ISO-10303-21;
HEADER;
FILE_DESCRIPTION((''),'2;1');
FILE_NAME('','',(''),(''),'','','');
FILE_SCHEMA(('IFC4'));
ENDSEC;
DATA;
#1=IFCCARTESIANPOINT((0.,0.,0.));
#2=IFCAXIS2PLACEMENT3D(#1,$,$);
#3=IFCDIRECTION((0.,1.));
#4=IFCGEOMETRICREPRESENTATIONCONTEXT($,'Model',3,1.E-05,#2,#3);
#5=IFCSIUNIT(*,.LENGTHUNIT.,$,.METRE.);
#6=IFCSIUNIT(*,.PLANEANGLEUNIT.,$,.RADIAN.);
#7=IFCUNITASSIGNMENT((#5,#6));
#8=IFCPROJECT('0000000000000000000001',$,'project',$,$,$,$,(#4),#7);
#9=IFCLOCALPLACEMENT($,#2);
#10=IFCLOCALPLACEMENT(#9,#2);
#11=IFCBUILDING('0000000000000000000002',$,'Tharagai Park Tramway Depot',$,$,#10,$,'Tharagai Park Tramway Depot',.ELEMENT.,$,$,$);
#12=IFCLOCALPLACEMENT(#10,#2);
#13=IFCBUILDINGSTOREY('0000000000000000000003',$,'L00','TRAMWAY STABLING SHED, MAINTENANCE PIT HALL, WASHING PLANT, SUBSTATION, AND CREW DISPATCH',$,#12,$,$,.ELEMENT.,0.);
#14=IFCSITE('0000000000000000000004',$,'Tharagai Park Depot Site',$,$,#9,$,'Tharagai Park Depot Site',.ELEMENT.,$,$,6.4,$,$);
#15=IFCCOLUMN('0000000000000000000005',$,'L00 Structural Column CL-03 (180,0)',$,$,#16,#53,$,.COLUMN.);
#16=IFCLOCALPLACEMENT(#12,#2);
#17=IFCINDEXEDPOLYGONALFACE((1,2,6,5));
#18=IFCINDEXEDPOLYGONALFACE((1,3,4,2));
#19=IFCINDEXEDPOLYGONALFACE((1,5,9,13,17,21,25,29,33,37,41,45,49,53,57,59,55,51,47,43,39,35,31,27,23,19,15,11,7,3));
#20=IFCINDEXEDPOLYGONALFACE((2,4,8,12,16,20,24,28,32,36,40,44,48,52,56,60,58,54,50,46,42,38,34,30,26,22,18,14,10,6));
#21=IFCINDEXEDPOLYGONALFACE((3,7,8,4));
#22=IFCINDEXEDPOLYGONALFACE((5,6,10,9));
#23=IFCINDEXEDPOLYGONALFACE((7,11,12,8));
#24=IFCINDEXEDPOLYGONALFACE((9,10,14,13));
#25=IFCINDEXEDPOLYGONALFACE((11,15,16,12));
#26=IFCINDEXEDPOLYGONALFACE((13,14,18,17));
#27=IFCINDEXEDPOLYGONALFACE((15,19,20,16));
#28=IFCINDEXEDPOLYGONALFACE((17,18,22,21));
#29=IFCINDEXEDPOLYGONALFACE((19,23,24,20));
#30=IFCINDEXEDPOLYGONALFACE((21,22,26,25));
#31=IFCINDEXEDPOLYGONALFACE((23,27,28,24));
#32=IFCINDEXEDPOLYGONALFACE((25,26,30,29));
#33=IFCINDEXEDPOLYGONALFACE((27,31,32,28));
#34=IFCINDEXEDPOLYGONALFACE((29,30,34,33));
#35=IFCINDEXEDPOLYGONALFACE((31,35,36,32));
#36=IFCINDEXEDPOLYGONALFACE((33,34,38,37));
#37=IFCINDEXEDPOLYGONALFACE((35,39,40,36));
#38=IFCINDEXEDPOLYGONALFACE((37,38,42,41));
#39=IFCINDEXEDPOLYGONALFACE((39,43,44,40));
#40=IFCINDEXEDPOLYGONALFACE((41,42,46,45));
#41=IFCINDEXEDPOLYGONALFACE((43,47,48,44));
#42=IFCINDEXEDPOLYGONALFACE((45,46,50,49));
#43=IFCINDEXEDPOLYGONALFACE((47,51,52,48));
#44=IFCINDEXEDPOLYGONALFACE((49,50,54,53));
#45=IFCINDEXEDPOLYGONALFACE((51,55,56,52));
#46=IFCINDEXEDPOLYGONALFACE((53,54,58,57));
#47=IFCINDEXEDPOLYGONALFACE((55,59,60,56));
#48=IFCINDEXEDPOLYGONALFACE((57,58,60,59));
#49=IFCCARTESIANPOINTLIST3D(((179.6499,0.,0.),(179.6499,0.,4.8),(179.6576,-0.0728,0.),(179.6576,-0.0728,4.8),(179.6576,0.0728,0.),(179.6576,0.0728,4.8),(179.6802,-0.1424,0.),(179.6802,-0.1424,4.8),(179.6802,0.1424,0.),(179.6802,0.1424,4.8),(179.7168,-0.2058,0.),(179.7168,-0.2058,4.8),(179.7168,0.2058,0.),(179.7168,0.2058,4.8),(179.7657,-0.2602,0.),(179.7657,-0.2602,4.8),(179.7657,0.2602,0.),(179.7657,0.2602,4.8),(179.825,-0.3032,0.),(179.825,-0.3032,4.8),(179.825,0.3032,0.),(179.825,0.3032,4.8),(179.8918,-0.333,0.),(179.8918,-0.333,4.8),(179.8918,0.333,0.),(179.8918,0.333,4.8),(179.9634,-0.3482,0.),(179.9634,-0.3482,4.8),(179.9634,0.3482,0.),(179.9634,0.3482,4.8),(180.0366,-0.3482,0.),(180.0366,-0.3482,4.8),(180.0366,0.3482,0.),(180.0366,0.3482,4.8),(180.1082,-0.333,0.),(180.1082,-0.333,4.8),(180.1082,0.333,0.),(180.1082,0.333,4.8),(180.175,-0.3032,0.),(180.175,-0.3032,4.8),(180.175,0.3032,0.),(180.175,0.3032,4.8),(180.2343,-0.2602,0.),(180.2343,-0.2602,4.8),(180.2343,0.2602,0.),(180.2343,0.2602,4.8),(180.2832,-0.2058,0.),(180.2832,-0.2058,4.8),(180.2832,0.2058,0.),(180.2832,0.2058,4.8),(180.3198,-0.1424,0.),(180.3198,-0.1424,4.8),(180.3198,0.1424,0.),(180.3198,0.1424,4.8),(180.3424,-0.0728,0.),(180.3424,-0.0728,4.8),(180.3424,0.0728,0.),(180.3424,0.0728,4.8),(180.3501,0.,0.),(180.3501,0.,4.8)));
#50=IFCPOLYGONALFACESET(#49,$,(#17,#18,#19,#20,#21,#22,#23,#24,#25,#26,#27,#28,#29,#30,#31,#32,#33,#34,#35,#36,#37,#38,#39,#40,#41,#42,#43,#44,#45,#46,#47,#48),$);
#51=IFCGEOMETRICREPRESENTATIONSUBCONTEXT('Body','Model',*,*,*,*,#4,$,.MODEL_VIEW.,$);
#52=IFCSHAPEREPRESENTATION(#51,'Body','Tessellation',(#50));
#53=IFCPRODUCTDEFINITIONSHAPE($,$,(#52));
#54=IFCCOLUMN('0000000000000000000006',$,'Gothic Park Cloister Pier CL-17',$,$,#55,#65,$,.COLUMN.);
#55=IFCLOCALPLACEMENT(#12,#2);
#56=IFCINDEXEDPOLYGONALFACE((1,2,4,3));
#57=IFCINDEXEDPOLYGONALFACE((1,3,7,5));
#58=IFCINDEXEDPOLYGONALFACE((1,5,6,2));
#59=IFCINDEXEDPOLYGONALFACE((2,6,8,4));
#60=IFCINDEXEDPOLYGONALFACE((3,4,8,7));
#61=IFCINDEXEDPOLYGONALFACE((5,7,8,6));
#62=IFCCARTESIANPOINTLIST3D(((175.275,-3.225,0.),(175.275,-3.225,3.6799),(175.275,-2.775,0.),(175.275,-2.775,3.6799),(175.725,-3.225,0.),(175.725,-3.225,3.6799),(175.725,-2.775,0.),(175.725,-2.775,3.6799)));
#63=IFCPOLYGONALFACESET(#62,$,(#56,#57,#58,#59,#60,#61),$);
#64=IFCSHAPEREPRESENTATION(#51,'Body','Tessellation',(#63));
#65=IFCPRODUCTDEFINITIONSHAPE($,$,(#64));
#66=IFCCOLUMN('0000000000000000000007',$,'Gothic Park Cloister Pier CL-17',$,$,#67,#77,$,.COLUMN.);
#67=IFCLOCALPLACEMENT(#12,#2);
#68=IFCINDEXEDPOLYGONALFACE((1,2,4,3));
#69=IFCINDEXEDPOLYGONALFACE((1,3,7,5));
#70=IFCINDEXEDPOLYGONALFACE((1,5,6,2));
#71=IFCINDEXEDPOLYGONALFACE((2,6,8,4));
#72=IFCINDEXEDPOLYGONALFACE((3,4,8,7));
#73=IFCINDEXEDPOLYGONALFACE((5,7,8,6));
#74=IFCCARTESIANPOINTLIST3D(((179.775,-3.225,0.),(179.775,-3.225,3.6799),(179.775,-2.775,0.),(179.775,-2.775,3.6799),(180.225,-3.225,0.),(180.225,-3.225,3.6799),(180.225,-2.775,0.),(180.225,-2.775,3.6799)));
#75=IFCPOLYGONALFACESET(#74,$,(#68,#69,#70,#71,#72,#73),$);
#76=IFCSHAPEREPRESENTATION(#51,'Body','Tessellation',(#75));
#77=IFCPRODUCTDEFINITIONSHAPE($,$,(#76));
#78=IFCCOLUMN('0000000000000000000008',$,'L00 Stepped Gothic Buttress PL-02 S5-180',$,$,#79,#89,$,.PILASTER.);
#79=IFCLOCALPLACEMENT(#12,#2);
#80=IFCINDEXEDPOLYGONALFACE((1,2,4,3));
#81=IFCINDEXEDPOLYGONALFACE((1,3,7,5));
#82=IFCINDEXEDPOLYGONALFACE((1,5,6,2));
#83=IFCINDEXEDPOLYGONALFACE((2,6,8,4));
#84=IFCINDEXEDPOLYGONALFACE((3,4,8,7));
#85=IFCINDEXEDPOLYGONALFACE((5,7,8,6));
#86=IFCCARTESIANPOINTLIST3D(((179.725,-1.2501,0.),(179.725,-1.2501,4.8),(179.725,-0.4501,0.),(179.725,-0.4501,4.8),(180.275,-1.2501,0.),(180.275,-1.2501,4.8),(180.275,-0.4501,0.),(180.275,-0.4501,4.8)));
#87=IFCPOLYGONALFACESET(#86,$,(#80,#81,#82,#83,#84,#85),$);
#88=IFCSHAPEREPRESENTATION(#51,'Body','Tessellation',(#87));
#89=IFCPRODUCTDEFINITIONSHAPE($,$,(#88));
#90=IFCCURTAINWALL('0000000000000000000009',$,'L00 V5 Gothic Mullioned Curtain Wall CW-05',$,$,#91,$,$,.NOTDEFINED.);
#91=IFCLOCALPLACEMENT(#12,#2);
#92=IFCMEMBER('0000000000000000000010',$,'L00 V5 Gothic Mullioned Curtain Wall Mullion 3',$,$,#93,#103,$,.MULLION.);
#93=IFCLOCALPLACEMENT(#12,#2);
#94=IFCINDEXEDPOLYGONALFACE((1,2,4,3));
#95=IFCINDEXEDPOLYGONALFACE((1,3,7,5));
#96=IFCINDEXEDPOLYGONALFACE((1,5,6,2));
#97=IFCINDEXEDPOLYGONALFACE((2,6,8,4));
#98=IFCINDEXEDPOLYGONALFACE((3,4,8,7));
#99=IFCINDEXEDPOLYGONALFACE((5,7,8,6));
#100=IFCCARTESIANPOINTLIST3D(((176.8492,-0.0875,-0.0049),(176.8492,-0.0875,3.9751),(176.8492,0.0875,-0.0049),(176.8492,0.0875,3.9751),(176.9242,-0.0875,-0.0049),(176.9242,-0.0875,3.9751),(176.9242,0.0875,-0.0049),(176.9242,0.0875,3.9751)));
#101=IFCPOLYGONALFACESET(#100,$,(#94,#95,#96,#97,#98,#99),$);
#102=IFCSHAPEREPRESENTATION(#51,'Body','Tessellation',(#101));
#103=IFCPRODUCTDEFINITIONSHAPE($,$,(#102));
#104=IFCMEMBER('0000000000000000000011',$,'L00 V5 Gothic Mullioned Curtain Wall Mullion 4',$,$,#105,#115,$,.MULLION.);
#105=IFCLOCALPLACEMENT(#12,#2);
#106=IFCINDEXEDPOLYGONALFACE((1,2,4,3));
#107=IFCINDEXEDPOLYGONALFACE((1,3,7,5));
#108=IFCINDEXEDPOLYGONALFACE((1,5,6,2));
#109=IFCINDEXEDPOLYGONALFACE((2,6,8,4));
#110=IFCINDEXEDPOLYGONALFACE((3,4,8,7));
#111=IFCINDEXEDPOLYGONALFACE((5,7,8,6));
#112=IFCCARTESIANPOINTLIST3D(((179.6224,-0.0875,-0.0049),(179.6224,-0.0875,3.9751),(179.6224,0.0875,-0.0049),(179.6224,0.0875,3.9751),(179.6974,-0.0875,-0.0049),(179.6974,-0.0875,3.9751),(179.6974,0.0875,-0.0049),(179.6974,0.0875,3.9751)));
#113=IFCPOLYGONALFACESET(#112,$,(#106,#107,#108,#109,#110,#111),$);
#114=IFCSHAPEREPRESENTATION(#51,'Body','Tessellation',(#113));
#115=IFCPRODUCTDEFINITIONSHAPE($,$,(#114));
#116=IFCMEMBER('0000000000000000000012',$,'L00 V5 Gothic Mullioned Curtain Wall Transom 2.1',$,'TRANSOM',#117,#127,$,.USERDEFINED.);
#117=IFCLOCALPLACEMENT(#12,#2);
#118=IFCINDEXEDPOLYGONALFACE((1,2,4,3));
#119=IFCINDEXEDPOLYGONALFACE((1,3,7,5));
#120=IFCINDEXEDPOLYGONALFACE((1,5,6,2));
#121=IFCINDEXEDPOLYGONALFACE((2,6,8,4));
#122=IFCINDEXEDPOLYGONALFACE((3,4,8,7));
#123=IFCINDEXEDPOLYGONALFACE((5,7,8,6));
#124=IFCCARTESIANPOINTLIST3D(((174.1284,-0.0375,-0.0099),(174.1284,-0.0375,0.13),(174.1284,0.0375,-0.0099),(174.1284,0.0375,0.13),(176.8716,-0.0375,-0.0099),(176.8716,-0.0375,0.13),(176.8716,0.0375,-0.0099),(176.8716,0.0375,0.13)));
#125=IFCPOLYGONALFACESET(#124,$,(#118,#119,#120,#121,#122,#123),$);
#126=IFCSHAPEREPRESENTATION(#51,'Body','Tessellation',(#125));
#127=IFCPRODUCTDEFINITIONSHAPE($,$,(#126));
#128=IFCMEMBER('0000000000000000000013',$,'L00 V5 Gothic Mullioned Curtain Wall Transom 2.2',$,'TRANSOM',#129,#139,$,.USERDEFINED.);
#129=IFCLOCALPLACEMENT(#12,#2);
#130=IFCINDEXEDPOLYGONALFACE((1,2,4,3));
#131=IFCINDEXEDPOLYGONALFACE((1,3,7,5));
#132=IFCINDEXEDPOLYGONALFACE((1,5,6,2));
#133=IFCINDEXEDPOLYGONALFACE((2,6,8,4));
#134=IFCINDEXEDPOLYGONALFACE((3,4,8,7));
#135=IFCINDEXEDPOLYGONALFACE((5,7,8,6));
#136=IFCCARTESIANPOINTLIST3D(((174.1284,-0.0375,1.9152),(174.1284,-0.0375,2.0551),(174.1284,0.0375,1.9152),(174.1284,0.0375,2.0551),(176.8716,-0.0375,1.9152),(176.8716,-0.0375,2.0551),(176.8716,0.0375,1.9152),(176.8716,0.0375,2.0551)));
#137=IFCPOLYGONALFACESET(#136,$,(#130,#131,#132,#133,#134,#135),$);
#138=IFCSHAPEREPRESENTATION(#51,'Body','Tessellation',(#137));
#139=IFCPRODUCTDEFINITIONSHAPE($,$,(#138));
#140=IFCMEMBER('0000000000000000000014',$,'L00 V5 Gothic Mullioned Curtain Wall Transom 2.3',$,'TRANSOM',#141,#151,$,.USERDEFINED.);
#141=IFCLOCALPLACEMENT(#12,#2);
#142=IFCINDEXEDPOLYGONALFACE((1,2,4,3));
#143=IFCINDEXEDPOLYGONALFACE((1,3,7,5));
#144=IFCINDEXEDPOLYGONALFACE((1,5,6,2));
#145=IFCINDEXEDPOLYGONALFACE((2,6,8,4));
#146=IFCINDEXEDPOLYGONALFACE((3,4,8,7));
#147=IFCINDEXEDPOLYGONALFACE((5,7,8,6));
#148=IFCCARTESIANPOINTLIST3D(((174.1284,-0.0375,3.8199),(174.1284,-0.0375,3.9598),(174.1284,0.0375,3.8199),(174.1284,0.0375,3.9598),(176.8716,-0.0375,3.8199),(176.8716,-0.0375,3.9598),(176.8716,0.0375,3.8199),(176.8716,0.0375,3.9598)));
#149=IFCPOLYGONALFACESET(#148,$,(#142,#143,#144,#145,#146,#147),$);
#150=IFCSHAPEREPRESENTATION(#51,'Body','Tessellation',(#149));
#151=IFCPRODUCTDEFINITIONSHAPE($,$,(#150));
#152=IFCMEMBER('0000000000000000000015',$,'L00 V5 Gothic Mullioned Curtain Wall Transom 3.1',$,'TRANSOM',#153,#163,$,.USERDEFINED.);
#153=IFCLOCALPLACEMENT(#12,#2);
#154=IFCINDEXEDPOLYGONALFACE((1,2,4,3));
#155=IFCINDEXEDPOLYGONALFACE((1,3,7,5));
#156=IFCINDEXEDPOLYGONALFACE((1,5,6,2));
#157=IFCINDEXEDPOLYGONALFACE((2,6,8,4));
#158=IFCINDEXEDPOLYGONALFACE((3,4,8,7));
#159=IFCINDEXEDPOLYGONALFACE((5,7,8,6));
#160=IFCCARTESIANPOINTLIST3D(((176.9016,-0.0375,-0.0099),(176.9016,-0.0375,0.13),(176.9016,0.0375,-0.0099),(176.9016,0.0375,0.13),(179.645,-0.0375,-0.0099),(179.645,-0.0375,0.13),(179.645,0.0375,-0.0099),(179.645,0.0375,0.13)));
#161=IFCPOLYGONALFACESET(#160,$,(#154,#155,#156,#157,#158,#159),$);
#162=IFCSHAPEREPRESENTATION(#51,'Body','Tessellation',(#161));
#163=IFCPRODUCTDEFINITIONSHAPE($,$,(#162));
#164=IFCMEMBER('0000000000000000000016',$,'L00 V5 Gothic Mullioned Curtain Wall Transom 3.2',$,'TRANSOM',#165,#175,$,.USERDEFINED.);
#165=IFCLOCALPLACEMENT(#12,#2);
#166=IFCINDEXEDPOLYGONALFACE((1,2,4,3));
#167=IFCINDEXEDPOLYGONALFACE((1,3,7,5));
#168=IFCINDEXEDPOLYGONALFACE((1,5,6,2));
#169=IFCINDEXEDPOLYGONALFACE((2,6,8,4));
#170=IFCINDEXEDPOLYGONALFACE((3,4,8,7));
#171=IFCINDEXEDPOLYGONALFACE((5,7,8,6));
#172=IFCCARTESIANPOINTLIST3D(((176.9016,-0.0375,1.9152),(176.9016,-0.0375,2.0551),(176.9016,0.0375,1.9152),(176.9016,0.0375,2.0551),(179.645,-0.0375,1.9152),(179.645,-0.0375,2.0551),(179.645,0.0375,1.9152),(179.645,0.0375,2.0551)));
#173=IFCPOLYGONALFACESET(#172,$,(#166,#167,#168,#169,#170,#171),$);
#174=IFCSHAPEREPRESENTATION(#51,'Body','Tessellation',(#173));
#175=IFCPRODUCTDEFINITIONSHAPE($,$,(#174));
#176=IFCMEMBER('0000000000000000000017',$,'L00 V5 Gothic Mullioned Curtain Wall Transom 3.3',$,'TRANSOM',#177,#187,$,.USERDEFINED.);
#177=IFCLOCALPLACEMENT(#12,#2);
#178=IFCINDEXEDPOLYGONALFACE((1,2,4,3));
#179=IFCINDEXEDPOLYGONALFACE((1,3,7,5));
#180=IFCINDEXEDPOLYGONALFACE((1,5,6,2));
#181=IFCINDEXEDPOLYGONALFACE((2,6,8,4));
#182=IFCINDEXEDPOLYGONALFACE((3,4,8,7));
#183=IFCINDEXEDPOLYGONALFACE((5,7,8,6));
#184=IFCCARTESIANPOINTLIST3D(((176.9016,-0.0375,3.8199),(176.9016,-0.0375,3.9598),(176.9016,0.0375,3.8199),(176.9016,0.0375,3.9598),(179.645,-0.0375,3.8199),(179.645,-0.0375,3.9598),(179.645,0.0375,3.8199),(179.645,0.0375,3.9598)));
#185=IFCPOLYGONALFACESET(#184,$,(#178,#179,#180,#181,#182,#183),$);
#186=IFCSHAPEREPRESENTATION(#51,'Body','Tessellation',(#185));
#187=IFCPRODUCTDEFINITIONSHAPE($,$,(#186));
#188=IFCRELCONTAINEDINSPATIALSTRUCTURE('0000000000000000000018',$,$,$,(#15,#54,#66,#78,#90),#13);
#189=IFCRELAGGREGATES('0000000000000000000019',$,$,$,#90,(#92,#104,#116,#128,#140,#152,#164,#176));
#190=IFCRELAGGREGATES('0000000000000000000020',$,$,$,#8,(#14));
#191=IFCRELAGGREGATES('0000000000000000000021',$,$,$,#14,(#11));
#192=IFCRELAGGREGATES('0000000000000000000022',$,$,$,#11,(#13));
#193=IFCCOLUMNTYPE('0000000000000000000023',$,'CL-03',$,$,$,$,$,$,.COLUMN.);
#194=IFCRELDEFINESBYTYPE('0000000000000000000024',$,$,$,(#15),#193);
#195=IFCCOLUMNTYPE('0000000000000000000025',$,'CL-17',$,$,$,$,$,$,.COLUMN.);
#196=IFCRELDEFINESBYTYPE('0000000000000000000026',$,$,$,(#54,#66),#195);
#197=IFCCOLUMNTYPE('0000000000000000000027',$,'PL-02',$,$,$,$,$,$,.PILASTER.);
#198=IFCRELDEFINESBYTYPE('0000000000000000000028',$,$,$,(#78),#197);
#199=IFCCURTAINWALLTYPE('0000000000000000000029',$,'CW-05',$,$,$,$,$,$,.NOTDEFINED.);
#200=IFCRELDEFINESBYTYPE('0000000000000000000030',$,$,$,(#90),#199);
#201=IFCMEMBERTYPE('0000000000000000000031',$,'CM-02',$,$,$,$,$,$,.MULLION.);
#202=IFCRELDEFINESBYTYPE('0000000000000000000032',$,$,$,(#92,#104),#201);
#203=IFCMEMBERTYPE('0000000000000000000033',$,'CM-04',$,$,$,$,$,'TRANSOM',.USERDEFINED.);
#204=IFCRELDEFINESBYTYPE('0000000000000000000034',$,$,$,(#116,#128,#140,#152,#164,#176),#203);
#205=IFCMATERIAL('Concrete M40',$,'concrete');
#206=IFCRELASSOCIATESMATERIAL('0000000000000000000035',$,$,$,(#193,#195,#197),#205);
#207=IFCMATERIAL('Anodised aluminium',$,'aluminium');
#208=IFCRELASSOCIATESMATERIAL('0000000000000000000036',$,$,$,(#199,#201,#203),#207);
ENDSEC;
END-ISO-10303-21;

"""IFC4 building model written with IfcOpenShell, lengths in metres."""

from ifc_helpers import new_model, si_unit, direction, frame, origin, origin_2d, place, context, subcontext, project, spatial, rectangle, circle, extrude, material, material_profile, profile_set, type_object, element, aggregate, save


model = new_model("IFC4")

# Units and contexts
model_context = context("Model", 3, precision=1e-05, world=origin(), true_north=direction((0.0, 1.0)))
body_context = subcontext(model_context, "Body", "Model", "MODEL_VIEW")
ifc_project = project(units=[si_unit("LENGTHUNIT", "METRE"), si_unit("PLANEANGLEUNIT", "RADIAN")], contexts=[model_context])

# Site, building, storey
site_placement = place(None, origin())
site = spatial("IfcSite", under=ifc_project, at=site_placement, Name="Tharagai Park Depot Site", LongName="Tharagai Park Depot Site", CompositionType="ELEMENT", RefElevation=6.4)
building_placement = place(site_placement, origin())
building = spatial("IfcBuilding", under=site, at=building_placement, Name="Tharagai Park Tramway Depot", LongName="Tharagai Park Tramway Depot", CompositionType="ELEMENT")
storey_placement = place(building_placement, origin())
storey = spatial("IfcBuildingStorey", under=building, at=storey_placement, Name="L00", Description="TRAMWAY STABLING SHED, MAINTENANCE PIT HALL, WASHING PLANT, SUBSTATION, AND CREW DISPATCH", CompositionType="ELEMENT", Elevation=0.0)

# Shared definitions
ifc_material_1 = material(Name="Concrete M40", Category="concrete")

# Columns
ifc_material_profile_1 = material_profile(ifc_material_1, circle(Radius=0.3501, at=origin_2d()), Name="RC D700")
ifc_profile_set_1 = profile_set([ifc_material_profile_1], Name="Concrete M40")
column_type_1 = type_object("IfcColumnType", Name="CL-03", PredefinedType="COLUMN", material=ifc_profile_set_1)
column_1_placement = place(storey_placement, frame((180.0, 0.0, 0.0), z_axis=(0.0, 0.0, 1.0), x_axis=(1.0, 0.0, 0.0)))
element("IfcColumn", 1, at=column_1_placement, inside=storey, type_object=column_type_1, Name="L00 Structural Column CL-03 (180,0)", PredefinedType="COLUMN", context=body_context, shape_type="SweptSolid", body=[
    extrude(circle(Radius=0.3501, at=origin_2d()), origin(), (0.0, 0.0, 1.0), 4.8),
])
ifc_material_profile_2 = material_profile(ifc_material_1, rectangle(XDim=0.45, YDim=0.45, at=origin_2d()), Name="RC 450x450")
ifc_profile_set_2 = profile_set([ifc_material_profile_2], Name="Concrete M40")
column_type_2 = type_object("IfcColumnType", Name="CL-17", PredefinedType="COLUMN", material=ifc_profile_set_2)
for number, where, z_axis, x_axis, name in (
    (2, (175.5, -3.0, 0.0), (0.0, 0.0, 1.0), (1.0, 0.0, 0.0), "Gothic Park Cloister Pier CL-17"),
    (3, (180.0, -3.0, 0.0), (0.0, 0.0, 1.0), (1.0, 0.0, 0.0), "Gothic Park Cloister Pier CL-17"),
):
    element("IfcColumn", number, at=place(storey_placement, frame(where, z_axis=z_axis, x_axis=x_axis)), inside=storey, type_object=column_type_2, Name=name, PredefinedType="COLUMN", context=body_context, shape_type="SweptSolid", body=[
        extrude(rectangle(XDim=0.45, YDim=0.45, at=origin_2d()), origin(), (0.0, 0.0, 1.0), 3.6799),
    ])
ifc_material_profile_3 = material_profile(ifc_material_1, rectangle(XDim=0.55, YDim=0.8, at=origin_2d()), Name="RC 550x800")
ifc_profile_set_3 = profile_set([ifc_material_profile_3], Name="Concrete M40")
column_type_3 = type_object("IfcColumnType", Name="PL-02", PredefinedType="PILASTER", material=ifc_profile_set_3)
column_2_placement = place(storey_placement, frame((180.0, -0.8501, 0.0), z_axis=(0.0, 0.0, 1.0), x_axis=(1.0, 0.0, 0.0)))
element("IfcColumn", 4, at=column_2_placement, inside=storey, type_object=column_type_3, Name="L00 Stepped Gothic Buttress PL-02 S5-180", PredefinedType="PILASTER", context=body_context, shape_type="SweptSolid", body=[
    extrude(rectangle(XDim=0.55, YDim=0.8, at=origin_2d()), origin(), (0.0, 0.0, 1.0), 4.8),
])

# Curtain wall, members
ifc_material_2 = material(Name="Anodised aluminium", Category="aluminium")
curtain_wall_type = type_object("IfcCurtainWallType", Name="CW-05", PredefinedType="NOTDEFINED", material=ifc_material_2)
curtain_wall_placement = place(storey_placement, origin())
curtain_wall = element("IfcCurtainWall", 5, at=curtain_wall_placement, inside=storey, type_object=curtain_wall_type, Name="L00 V5 Gothic Mullioned Curtain Wall CW-05", PredefinedType="NOTDEFINED")
ifc_material_profile_4 = material_profile(ifc_material_2, rectangle(XDim=0.075, YDim=0.175, at=origin_2d()), Name="ALU 75x175")
ifc_profile_set_4 = profile_set([ifc_material_profile_4], Name="Anodised aluminium")
member_type_1 = type_object("IfcMemberType", Name="CM-02", PredefinedType="MULLION", material=ifc_profile_set_4)
member_1_placement = place(storey_placement, frame((176.8867, 0.0, -0.0049), z_axis=(0.0, 0.0, 1.0), x_axis=(1.0, 0.0, 0.0)))
member_1 = element("IfcMember", 6, at=member_1_placement, type_object=member_type_1, Name="L00 V5 Gothic Mullioned Curtain Wall Mullion 3", PredefinedType="MULLION", context=body_context, shape_type="SweptSolid", body=[
    extrude(rectangle(XDim=0.075, YDim=0.175, at=origin_2d()), origin(), (0.0, 0.0, 1.0), 3.98),
])
member_2_placement = place(storey_placement, frame((179.6599, 0.0, -0.0049), z_axis=(0.0, 0.0, 1.0), x_axis=(1.0, 0.0, 0.0)))
member_2 = element("IfcMember", 7, at=member_2_placement, type_object=member_type_1, Name="L00 V5 Gothic Mullioned Curtain Wall Mullion 4", PredefinedType="MULLION", context=body_context, shape_type="SweptSolid", body=[
    extrude(rectangle(XDim=0.075, YDim=0.175, at=origin_2d()), origin(), (0.0, 0.0, 1.0), 3.98),
])
ifc_material_profile_5 = material_profile(ifc_material_2, rectangle(XDim=0.075, YDim=0.1399, at=origin_2d()), Name="ALU 75x140")
ifc_profile_set_5 = profile_set([ifc_material_profile_5], Name="Anodised aluminium")
member_type_2 = type_object("IfcMemberType", Name="CM-04", ElementType="TRANSOM", PredefinedType="USERDEFINED", material=ifc_profile_set_5)
member_3_placement = place(storey_placement, frame((174.1284, 0.0, 0.0601), z_axis=(1.0, 0.0, 0.0), x_axis=(0.0, 1.0, 0.0)))
member_3 = element("IfcMember", 8, at=member_3_placement, type_object=member_type_2, Name="L00 V5 Gothic Mullioned Curtain Wall Transom 2.1", ObjectType="TRANSOM", PredefinedType="USERDEFINED", context=body_context, shape_type="SweptSolid", body=[
    extrude(rectangle(XDim=0.075, YDim=0.1399, at=origin_2d()), origin(), (0.0, 0.0, 1.0), 2.7432),
])
member_4_placement = place(storey_placement, frame((174.1284, 0.0, 1.9851), z_axis=(1.0, 0.0, 0.0), x_axis=(0.0, 1.0, 0.0)))
member_4 = element("IfcMember", 9, at=member_4_placement, type_object=member_type_2, Name="L00 V5 Gothic Mullioned Curtain Wall Transom 2.2", ObjectType="TRANSOM", PredefinedType="USERDEFINED", context=body_context, shape_type="SweptSolid", body=[
    extrude(rectangle(XDim=0.075, YDim=0.1399, at=origin_2d()), origin(), (0.0, 0.0, 1.0), 2.7432),
])
member_5_placement = place(storey_placement, frame((174.1284, 0.0, 3.8899), z_axis=(1.0, 0.0, 0.0), x_axis=(0.0, 1.0, 0.0)))
member_5 = element("IfcMember", 10, at=member_5_placement, type_object=member_type_2, Name="L00 V5 Gothic Mullioned Curtain Wall Transom 2.3", ObjectType="TRANSOM", PredefinedType="USERDEFINED", context=body_context, shape_type="SweptSolid", body=[
    extrude(rectangle(XDim=0.075, YDim=0.1399, at=origin_2d()), origin(), (0.0, 0.0, 1.0), 2.7432),
])
member_6_placement = place(storey_placement, frame((176.9016, 0.0, 0.0601), z_axis=(1.0, 0.0, 0.0), x_axis=(0.0, 1.0, 0.0)))
member_6 = element("IfcMember", 11, at=member_6_placement, type_object=member_type_2, Name="L00 V5 Gothic Mullioned Curtain Wall Transom 3.1", ObjectType="TRANSOM", PredefinedType="USERDEFINED", context=body_context, shape_type="SweptSolid", body=[
    extrude(rectangle(XDim=0.075, YDim=0.1399, at=origin_2d()), origin(), (0.0, 0.0, 1.0), 2.7434),
])
member_7_placement = place(storey_placement, frame((176.9016, 0.0, 1.9851), z_axis=(1.0, 0.0, 0.0), x_axis=(0.0, 1.0, 0.0)))
member_7 = element("IfcMember", 12, at=member_7_placement, type_object=member_type_2, Name="L00 V5 Gothic Mullioned Curtain Wall Transom 3.2", ObjectType="TRANSOM", PredefinedType="USERDEFINED", context=body_context, shape_type="SweptSolid", body=[
    extrude(rectangle(XDim=0.075, YDim=0.1399, at=origin_2d()), origin(), (0.0, 0.0, 1.0), 2.7434),
])
member_8_placement = place(storey_placement, frame((176.9016, 0.0, 3.8899), z_axis=(1.0, 0.0, 0.0), x_axis=(0.0, 1.0, 0.0)))
member_8 = element("IfcMember", 13, at=member_8_placement, type_object=member_type_2, Name="L00 V5 Gothic Mullioned Curtain Wall Transom 3.3", ObjectType="TRANSOM", PredefinedType="USERDEFINED", context=body_context, shape_type="SweptSolid", body=[
    extrude(rectangle(XDim=0.075, YDim=0.1399, at=origin_2d()), origin(), (0.0, 0.0, 1.0), 2.7434),
])
aggregate(curtain_wall, [member_1, member_2, member_3, member_4, member_5, member_6, member_7, member_8])

save(model, "model.ifc")
